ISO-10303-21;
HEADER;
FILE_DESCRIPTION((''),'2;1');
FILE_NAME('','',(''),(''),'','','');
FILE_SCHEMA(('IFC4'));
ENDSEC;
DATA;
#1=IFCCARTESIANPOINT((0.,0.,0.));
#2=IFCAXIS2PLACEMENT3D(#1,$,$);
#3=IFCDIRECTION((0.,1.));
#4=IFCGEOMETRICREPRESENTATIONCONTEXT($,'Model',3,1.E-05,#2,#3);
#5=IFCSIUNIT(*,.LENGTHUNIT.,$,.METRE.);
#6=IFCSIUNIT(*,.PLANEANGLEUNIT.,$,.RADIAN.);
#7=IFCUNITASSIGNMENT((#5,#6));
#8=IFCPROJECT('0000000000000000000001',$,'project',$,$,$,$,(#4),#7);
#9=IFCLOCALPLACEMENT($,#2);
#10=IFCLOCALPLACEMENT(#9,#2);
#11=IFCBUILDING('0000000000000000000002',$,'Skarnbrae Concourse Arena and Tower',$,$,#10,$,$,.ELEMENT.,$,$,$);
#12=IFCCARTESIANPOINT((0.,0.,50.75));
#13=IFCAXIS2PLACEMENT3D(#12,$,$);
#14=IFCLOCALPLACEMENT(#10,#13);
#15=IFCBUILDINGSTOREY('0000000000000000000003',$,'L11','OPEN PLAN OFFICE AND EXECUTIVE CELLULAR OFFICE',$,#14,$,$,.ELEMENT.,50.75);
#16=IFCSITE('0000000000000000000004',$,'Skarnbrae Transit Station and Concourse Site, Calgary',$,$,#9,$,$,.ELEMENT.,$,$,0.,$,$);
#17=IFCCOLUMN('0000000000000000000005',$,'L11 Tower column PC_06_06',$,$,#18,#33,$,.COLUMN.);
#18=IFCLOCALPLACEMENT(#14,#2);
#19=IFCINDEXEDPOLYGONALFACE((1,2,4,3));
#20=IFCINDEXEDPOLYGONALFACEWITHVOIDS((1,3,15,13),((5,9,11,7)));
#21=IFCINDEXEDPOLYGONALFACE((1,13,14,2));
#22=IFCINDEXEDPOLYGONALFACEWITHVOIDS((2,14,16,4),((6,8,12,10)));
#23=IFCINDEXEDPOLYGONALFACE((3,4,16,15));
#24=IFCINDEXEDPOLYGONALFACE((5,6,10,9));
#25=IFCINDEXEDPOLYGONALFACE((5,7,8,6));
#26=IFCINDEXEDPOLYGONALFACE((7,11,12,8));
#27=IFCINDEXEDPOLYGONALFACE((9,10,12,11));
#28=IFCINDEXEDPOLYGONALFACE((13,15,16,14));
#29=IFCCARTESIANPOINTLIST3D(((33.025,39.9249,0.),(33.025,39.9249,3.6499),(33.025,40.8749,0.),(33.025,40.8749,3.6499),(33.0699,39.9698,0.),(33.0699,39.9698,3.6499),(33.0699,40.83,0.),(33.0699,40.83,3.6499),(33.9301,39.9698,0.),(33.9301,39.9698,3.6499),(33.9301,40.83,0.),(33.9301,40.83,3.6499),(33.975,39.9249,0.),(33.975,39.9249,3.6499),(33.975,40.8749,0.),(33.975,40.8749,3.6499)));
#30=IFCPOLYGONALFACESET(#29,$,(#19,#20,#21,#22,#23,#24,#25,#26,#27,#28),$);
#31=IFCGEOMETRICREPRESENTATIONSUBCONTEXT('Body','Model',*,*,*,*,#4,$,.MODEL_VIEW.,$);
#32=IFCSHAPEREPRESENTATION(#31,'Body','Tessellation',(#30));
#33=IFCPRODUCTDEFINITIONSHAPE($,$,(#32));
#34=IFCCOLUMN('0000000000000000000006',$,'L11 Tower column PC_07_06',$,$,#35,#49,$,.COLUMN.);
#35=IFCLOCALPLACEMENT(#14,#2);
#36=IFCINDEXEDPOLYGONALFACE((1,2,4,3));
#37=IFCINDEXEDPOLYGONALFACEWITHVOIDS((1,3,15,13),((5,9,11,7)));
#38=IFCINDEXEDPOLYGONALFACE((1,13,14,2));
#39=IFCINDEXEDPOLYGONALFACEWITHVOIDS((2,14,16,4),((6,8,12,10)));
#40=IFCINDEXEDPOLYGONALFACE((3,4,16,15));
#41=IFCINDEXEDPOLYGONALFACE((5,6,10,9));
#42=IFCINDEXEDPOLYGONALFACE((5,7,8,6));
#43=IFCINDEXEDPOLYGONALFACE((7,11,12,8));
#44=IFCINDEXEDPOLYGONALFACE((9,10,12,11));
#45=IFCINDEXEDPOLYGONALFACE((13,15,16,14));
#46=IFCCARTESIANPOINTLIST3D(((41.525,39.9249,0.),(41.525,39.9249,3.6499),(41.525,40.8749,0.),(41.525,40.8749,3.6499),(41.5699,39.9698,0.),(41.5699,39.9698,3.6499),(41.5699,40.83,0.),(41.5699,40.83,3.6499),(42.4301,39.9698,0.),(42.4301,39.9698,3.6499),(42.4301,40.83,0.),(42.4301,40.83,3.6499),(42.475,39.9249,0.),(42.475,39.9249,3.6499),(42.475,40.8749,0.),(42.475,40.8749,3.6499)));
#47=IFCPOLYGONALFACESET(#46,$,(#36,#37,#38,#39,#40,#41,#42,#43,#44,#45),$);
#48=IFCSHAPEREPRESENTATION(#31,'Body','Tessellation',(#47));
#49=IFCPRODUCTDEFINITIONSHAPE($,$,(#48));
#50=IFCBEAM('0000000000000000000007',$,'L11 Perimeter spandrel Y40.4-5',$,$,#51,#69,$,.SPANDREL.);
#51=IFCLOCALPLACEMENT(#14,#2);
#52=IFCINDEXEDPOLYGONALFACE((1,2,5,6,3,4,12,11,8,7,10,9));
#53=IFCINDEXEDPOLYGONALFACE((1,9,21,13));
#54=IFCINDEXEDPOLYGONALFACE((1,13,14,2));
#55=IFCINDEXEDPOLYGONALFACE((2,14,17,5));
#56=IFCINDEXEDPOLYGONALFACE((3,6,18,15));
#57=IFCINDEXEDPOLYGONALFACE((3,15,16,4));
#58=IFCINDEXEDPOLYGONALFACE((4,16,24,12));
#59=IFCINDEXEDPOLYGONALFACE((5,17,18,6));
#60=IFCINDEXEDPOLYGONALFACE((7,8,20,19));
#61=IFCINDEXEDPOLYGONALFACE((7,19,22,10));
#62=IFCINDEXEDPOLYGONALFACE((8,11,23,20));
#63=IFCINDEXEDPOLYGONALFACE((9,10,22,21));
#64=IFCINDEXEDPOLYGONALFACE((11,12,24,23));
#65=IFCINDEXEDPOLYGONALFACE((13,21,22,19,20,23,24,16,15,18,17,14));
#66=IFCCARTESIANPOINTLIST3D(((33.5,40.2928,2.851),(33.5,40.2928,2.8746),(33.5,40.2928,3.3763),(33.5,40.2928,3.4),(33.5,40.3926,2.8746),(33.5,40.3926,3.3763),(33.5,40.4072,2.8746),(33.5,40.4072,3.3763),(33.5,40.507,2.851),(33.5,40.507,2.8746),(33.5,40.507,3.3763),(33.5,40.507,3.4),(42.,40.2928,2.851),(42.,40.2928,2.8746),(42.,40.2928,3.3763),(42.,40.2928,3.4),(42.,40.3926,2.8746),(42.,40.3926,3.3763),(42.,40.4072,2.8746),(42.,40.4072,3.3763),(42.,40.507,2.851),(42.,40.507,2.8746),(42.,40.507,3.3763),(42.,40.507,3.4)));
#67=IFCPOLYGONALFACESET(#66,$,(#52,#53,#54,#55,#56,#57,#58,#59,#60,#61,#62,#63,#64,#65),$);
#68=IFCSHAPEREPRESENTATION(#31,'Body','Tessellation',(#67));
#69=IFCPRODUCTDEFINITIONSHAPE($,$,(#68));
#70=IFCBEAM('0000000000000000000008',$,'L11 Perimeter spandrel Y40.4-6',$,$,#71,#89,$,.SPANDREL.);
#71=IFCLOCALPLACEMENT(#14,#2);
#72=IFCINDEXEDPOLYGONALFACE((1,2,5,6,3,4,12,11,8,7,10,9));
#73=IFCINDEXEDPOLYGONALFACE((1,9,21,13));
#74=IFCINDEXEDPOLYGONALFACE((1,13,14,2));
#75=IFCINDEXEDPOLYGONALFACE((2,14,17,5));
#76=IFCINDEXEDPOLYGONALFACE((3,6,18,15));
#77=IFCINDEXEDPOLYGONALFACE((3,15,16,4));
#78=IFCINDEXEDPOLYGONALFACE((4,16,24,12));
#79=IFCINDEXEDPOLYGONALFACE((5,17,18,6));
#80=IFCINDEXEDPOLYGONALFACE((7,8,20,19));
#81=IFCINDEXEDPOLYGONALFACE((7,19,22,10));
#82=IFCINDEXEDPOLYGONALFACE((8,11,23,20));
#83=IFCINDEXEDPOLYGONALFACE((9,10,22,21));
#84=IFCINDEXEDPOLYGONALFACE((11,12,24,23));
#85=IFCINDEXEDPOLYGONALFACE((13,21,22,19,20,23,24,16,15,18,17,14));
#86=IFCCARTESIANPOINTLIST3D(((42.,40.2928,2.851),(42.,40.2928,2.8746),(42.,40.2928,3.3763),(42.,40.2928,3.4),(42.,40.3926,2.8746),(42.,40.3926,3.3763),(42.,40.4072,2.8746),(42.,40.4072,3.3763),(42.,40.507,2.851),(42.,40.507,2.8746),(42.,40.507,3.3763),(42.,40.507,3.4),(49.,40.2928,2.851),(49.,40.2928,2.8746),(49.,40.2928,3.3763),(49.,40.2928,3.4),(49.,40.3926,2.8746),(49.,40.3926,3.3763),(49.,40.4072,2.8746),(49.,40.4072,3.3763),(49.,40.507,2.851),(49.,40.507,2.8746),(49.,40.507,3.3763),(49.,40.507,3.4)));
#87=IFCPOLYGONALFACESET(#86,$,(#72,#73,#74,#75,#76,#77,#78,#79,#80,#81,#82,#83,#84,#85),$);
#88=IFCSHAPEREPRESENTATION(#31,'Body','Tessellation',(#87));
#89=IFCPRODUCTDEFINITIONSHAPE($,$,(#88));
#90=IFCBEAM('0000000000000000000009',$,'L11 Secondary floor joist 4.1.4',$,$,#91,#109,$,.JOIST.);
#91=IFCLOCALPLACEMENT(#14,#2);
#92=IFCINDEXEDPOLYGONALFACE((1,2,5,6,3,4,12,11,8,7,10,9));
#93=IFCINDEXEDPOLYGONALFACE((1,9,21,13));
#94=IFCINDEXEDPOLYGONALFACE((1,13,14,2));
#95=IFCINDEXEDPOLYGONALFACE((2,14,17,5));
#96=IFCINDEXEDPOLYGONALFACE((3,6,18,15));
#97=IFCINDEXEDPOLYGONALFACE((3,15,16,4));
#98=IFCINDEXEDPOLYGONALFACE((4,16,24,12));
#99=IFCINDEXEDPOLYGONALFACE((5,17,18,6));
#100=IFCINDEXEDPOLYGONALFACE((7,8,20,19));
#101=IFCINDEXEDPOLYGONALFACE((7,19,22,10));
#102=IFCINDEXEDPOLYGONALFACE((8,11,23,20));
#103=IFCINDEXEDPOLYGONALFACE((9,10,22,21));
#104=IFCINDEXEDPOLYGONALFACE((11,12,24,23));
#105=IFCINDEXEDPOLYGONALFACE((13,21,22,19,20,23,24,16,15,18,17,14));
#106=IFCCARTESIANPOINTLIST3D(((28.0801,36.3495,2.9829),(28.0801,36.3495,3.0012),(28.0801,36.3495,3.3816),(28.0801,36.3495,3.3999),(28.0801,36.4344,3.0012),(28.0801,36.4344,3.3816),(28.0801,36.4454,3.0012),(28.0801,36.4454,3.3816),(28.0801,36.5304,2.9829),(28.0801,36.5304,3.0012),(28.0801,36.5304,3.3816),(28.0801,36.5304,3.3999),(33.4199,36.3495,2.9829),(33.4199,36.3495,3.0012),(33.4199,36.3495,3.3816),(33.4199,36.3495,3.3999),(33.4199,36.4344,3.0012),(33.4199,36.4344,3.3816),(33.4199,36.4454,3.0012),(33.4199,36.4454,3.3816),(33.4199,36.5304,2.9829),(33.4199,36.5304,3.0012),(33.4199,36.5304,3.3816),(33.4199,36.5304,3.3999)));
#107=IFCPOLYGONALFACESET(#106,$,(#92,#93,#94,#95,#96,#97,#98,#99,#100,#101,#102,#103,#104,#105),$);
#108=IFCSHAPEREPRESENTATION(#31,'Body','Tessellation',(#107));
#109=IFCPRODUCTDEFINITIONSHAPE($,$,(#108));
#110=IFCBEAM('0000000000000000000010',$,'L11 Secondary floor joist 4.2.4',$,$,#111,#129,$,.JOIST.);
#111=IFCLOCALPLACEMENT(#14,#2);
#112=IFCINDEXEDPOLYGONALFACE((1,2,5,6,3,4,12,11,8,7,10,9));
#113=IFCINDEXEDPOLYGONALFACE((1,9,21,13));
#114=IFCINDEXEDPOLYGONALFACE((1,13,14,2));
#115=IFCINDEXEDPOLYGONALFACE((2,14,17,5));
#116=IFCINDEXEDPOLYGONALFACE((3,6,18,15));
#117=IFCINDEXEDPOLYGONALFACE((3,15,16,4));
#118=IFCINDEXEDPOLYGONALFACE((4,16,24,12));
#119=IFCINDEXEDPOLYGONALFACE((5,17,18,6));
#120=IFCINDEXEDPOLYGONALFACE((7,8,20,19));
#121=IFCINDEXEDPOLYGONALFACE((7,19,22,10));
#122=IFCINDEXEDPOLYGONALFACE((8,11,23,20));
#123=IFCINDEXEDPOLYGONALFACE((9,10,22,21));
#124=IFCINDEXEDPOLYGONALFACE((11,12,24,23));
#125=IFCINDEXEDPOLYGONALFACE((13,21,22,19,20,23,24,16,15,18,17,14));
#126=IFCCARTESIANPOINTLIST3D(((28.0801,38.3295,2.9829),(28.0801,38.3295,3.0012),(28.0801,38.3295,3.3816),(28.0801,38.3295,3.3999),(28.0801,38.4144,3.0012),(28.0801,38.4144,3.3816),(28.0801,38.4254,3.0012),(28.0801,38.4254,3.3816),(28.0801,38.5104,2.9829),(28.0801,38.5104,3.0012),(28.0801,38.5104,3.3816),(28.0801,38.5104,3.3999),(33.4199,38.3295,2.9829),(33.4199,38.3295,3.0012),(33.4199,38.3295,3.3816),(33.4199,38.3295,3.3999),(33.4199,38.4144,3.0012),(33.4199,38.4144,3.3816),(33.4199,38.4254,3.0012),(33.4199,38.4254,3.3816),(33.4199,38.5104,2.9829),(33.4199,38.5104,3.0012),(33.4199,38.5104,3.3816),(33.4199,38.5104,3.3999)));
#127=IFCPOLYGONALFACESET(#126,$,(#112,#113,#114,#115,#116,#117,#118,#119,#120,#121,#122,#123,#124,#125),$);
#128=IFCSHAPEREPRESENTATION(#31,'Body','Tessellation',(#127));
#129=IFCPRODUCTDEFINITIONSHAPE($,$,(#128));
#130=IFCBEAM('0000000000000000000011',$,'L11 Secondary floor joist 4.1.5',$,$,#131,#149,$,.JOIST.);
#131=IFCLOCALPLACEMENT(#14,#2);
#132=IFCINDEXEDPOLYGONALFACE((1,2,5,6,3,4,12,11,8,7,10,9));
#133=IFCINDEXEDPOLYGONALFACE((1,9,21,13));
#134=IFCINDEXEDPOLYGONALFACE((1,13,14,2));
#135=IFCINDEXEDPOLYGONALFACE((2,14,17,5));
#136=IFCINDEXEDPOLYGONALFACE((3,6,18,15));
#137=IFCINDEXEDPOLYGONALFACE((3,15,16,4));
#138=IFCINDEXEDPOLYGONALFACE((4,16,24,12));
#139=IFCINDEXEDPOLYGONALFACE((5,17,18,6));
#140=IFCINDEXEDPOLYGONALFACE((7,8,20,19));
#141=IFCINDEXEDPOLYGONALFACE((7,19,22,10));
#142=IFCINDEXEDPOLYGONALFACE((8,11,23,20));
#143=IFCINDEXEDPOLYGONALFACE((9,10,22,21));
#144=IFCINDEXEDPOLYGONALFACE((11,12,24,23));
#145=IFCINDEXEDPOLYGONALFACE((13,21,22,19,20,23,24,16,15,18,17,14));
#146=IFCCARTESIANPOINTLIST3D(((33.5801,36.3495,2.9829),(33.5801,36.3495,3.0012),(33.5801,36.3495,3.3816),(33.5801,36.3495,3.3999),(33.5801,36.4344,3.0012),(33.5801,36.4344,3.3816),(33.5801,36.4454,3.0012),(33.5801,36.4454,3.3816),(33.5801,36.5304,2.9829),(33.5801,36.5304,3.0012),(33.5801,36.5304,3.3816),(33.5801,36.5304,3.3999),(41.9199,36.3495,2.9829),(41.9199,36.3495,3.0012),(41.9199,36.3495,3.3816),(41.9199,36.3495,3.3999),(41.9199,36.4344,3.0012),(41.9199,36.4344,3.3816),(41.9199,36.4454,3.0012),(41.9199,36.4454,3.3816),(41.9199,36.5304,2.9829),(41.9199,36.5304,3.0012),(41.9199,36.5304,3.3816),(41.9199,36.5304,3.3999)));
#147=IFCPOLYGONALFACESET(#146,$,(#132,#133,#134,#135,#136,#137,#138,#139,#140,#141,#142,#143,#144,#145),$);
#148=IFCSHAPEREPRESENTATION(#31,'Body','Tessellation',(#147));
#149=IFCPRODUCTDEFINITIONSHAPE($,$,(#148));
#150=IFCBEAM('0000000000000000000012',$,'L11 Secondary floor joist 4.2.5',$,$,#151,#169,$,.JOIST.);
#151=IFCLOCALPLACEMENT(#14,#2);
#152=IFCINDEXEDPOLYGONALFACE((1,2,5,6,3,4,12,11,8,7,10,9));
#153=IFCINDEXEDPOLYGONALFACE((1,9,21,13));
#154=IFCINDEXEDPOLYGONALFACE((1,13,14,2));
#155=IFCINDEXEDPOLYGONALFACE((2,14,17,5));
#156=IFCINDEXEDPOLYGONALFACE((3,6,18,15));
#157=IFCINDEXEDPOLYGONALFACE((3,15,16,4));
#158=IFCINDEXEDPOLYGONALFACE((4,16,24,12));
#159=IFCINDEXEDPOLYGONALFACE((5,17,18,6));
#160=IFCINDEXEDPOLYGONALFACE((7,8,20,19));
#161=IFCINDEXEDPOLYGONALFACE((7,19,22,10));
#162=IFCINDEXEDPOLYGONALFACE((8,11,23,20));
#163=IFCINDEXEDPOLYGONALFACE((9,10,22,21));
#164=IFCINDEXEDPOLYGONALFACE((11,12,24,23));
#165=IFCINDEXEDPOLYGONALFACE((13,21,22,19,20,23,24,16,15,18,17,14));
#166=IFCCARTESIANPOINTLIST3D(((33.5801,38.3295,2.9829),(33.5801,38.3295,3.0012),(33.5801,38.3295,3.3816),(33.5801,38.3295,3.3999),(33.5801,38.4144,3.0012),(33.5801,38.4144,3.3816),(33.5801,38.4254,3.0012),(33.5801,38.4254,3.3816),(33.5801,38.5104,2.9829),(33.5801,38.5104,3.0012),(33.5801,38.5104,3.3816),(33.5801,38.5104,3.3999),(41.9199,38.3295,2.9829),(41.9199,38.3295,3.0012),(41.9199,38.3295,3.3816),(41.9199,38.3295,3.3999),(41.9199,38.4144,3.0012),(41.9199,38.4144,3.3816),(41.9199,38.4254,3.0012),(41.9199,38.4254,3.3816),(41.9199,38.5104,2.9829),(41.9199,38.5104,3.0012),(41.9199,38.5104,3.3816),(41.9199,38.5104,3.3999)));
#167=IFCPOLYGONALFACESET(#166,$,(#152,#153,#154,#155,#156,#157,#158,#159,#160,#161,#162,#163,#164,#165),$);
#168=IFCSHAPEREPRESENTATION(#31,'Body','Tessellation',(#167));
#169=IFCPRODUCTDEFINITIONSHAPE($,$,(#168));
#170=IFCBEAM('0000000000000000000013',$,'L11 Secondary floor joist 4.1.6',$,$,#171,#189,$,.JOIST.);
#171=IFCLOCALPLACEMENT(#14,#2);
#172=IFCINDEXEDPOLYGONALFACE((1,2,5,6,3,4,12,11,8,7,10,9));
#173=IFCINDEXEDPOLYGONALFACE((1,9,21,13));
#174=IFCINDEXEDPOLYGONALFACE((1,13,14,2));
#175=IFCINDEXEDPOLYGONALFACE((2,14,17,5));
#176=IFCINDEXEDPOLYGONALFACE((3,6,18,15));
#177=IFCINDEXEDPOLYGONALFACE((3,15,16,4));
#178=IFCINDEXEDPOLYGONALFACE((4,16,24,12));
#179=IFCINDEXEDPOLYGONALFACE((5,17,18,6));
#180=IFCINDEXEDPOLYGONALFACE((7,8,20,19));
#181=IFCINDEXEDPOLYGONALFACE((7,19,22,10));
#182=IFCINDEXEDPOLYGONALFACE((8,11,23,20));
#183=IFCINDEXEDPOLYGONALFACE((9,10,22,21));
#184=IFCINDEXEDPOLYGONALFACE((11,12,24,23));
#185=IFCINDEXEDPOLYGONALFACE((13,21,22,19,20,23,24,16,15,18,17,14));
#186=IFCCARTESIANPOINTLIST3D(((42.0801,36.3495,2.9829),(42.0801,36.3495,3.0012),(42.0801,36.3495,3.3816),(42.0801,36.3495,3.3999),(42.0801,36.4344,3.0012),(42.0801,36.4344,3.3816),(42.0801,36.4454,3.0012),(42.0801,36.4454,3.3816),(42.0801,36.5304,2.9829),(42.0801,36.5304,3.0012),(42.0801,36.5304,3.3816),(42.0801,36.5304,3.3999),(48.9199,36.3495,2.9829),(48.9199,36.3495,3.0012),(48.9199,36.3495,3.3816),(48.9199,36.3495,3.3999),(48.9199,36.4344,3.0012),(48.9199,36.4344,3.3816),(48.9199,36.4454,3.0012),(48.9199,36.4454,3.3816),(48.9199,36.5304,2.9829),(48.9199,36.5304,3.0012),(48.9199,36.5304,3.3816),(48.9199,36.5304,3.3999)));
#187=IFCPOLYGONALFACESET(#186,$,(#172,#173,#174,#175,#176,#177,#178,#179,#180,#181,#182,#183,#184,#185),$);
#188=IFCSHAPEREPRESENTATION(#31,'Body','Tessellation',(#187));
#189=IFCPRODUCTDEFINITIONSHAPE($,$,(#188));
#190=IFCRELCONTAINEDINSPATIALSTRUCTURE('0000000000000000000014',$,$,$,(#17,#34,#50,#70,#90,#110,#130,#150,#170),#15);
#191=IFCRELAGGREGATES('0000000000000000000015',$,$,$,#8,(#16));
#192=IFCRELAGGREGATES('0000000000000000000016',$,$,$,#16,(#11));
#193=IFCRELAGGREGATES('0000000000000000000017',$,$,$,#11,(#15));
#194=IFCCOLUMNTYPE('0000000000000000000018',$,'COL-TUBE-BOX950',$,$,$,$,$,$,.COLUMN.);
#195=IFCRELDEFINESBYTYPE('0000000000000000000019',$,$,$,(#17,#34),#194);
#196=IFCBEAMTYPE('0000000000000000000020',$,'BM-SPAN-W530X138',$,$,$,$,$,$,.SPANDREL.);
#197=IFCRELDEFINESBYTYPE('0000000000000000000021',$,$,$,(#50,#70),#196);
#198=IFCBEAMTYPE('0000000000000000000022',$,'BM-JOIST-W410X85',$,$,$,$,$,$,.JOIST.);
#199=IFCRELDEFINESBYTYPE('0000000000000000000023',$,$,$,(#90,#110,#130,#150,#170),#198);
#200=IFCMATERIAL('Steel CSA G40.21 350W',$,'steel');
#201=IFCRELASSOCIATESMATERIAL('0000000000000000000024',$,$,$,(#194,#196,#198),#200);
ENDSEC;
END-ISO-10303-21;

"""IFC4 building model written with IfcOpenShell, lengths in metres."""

from ifc_helpers import new_model, si_unit, direction, frame, origin, origin_2d, place, context, subcontext, project, spatial, hollow_rectangle, i_section, extrude, source, transform, mapped, material, material_profile, profile_set, type_object, element, save


model = new_model("IFC4")

# Units and contexts
model_context = context("Model", 3, precision=1e-05, world=origin(), true_north=direction((0.0, 1.0)))
body_context = subcontext(model_context, "Body", "Model", "MODEL_VIEW")
ifc_project = project(units=[si_unit("LENGTHUNIT", "METRE"), si_unit("PLANEANGLEUNIT", "RADIAN")], contexts=[model_context])

# Site, building, storey
site_placement = place(None, origin())
site = spatial("IfcSite", under=ifc_project, at=site_placement, Name="Skarnbrae Transit Station and Concourse Site, Calgary", CompositionType="ELEMENT", RefElevation=0.0)
building_placement = place(site_placement, origin())
building = spatial("IfcBuilding", under=site, at=building_placement, Name="Skarnbrae Concourse Arena and Tower", CompositionType="ELEMENT")
storey_placement = place(building_placement, frame((0.0, 0.0, 50.75)))
storey = spatial("IfcBuildingStorey", under=building, at=storey_placement, Name="L11", Description="OPEN PLAN OFFICE AND EXECUTIVE CELLULAR OFFICE", CompositionType="ELEMENT", Elevation=50.75)

# Columns
ifc_material_1 = material(Name="Steel CSA G40.21 350W", Category="steel")
ifc_material_profile_1 = material_profile(ifc_material_1, hollow_rectangle(XDim=0.95, YDim=0.95, WallThickness=0.0449, at=origin_2d()), Name="BOX950X950X45")
ifc_profile_set_1 = profile_set([ifc_material_profile_1], Name="Steel CSA G40.21 350W")
column_type = type_object("IfcColumnType", Name="COL-TUBE-BOX950", PredefinedType="COLUMN", material=ifc_profile_set_1)
shared_shape_1 = source(origin(), body_context, "Body", "SweptSolid", [
    extrude(hollow_rectangle(XDim=0.95, YDim=0.95, WallThickness=0.0449, at=origin_2d()), origin(), (0.0, 0.0, 1.0), 3.6499),
])
for number, where, z_axis, x_axis, name in (
    (1, (33.5, 40.3999, 0.0), (0.0, 0.0, 1.0), (1.0, 0.0, 0.0), "L11 Tower column PC_06_06"),
    (2, (42.0, 40.3999, 0.0), (0.0, 0.0, 1.0), (1.0, 0.0, 0.0), "L11 Tower column PC_07_06"),
):
    element("IfcColumn", number, at=place(storey_placement, frame(where, z_axis=z_axis, x_axis=x_axis)), inside=storey, type_object=column_type, Name=name, PredefinedType="COLUMN", context=body_context, shape_type="MappedRepresentation", body=[
        mapped(shared_shape_1, transform((0.0, 0.0, 0.0))),
    ])

# Beams
ifc_material_profile_2 = material_profile(ifc_material_1, i_section(OverallWidth=0.2141, OverallDepth=0.5491, WebThickness=0.0146, FlangeThickness=0.0237, at=origin_2d()), Name="W530X138")
ifc_profile_set_2 = profile_set([ifc_material_profile_2], Name="Steel CSA G40.21 350W")
beam_type_1 = type_object("IfcBeamType", Name="BM-SPAN-W530X138", PredefinedType="SPANDREL", material=ifc_profile_set_2)
shared_shape_2 = source(origin(), body_context, "Body", "SweptSolid", [
    extrude(i_section(OverallWidth=0.2141, OverallDepth=0.5491, WebThickness=0.0146, FlangeThickness=0.0237, at=origin_2d()), origin(), (0.0, 0.0, 1.0), 8.5),
])
beam_1_placement = place(storey_placement, frame((33.5, 40.3999, 3.1255), z_axis=(1.0, 0.0, 0.0), x_axis=(0.0, 1.0, 0.0)))
element("IfcBeam", 3, at=beam_1_placement, inside=storey, type_object=beam_type_1, Name="L11 Perimeter spandrel Y40.4-5", PredefinedType="SPANDREL", context=body_context, shape_type="MappedRepresentation", body=[
    mapped(shared_shape_2, transform((0.0, 0.0, 0.0))),
])
shared_shape_3 = source(origin(), body_context, "Body", "SweptSolid", [
    extrude(i_section(OverallWidth=0.2141, OverallDepth=0.5491, WebThickness=0.0146, FlangeThickness=0.0237, at=origin_2d()), origin(), (0.0, 0.0, 1.0), 7.0),
])
beam_2_placement = place(storey_placement, frame((42.0, 40.3999, 3.1255), z_axis=(1.0, 0.0, 0.0), x_axis=(0.0, 1.0, 0.0)))
element("IfcBeam", 4, at=beam_2_placement, inside=storey, type_object=beam_type_1, Name="L11 Perimeter spandrel Y40.4-6", PredefinedType="SPANDREL", context=body_context, shape_type="MappedRepresentation", body=[
    mapped(shared_shape_3, transform((0.0, 0.0, 0.0))),
])
ifc_material_profile_3 = material_profile(ifc_material_1, i_section(OverallWidth=0.1809, OverallDepth=0.417, WebThickness=0.011, FlangeThickness=0.0183, at=origin_2d()), Name="W410X85")
ifc_profile_set_3 = profile_set([ifc_material_profile_3], Name="Steel CSA G40.21 350W")
beam_type_2 = type_object("IfcBeamType", Name="BM-JOIST-W410X85", PredefinedType="JOIST", material=ifc_profile_set_3)
shared_shape_4 = source(origin(), body_context, "Body", "SweptSolid", [
    extrude(i_section(OverallWidth=0.1809, OverallDepth=0.417, WebThickness=0.011, FlangeThickness=0.0183, at=origin_2d()), origin(), (0.0, 0.0, 1.0), 5.3398),
])
for number, where, z_axis, x_axis, name in (
    (5, (28.0801, 36.4399, 3.1914), (1.0, 0.0, 0.0), (0.0, 1.0, 0.0), "L11 Secondary floor joist 4.1.4"),
    (6, (28.0801, 38.4199, 3.1914), (1.0, 0.0, 0.0), (0.0, 1.0, 0.0), "L11 Secondary floor joist 4.2.4"),
):
    element("IfcBeam", number, at=place(storey_placement, frame(where, z_axis=z_axis, x_axis=x_axis)), inside=storey, type_object=beam_type_2, Name=name, PredefinedType="JOIST", context=body_context, shape_type="MappedRepresentation", body=[
        mapped(shared_shape_4, transform((0.0, 0.0, 0.0))),
    ])
shared_shape_5 = source(origin(), body_context, "Body", "SweptSolid", [
    extrude(i_section(OverallWidth=0.1809, OverallDepth=0.417, WebThickness=0.011, FlangeThickness=0.0183, at=origin_2d()), origin(), (0.0, 0.0, 1.0), 8.3398),
])
for number, where, z_axis, x_axis, name in (
    (7, (33.5801, 36.4399, 3.1914), (1.0, 0.0, 0.0), (0.0, 1.0, 0.0), "L11 Secondary floor joist 4.1.5"),
    (8, (33.5801, 38.4199, 3.1914), (1.0, 0.0, 0.0), (0.0, 1.0, 0.0), "L11 Secondary floor joist 4.2.5"),
):
    element("IfcBeam", number, at=place(storey_placement, frame(where, z_axis=z_axis, x_axis=x_axis)), inside=storey, type_object=beam_type_2, Name=name, PredefinedType="JOIST", context=body_context, shape_type="MappedRepresentation", body=[
        mapped(shared_shape_5, transform((0.0, 0.0, 0.0))),
    ])
shared_shape_6 = source(origin(), body_context, "Body", "SweptSolid", [
    extrude(i_section(OverallWidth=0.1809, OverallDepth=0.417, WebThickness=0.011, FlangeThickness=0.0183, at=origin_2d()), origin(), (0.0, 0.0, 1.0), 6.8398),
])
for number, where, z_axis, x_axis, name in (
    (9, (42.0801, 36.4399, 3.1914), (1.0, 0.0, 0.0), (0.0, 1.0, 0.0), "L11 Secondary floor joist 4.1.6"),
):
    element("IfcBeam", number, at=place(storey_placement, frame(where, z_axis=z_axis, x_axis=x_axis)), inside=storey, type_object=beam_type_2, Name=name, PredefinedType="JOIST", context=body_context, shape_type="MappedRepresentation", body=[
        mapped(shared_shape_6, transform((0.0, 0.0, 0.0))),
    ])

save(model, "model.ifc")
